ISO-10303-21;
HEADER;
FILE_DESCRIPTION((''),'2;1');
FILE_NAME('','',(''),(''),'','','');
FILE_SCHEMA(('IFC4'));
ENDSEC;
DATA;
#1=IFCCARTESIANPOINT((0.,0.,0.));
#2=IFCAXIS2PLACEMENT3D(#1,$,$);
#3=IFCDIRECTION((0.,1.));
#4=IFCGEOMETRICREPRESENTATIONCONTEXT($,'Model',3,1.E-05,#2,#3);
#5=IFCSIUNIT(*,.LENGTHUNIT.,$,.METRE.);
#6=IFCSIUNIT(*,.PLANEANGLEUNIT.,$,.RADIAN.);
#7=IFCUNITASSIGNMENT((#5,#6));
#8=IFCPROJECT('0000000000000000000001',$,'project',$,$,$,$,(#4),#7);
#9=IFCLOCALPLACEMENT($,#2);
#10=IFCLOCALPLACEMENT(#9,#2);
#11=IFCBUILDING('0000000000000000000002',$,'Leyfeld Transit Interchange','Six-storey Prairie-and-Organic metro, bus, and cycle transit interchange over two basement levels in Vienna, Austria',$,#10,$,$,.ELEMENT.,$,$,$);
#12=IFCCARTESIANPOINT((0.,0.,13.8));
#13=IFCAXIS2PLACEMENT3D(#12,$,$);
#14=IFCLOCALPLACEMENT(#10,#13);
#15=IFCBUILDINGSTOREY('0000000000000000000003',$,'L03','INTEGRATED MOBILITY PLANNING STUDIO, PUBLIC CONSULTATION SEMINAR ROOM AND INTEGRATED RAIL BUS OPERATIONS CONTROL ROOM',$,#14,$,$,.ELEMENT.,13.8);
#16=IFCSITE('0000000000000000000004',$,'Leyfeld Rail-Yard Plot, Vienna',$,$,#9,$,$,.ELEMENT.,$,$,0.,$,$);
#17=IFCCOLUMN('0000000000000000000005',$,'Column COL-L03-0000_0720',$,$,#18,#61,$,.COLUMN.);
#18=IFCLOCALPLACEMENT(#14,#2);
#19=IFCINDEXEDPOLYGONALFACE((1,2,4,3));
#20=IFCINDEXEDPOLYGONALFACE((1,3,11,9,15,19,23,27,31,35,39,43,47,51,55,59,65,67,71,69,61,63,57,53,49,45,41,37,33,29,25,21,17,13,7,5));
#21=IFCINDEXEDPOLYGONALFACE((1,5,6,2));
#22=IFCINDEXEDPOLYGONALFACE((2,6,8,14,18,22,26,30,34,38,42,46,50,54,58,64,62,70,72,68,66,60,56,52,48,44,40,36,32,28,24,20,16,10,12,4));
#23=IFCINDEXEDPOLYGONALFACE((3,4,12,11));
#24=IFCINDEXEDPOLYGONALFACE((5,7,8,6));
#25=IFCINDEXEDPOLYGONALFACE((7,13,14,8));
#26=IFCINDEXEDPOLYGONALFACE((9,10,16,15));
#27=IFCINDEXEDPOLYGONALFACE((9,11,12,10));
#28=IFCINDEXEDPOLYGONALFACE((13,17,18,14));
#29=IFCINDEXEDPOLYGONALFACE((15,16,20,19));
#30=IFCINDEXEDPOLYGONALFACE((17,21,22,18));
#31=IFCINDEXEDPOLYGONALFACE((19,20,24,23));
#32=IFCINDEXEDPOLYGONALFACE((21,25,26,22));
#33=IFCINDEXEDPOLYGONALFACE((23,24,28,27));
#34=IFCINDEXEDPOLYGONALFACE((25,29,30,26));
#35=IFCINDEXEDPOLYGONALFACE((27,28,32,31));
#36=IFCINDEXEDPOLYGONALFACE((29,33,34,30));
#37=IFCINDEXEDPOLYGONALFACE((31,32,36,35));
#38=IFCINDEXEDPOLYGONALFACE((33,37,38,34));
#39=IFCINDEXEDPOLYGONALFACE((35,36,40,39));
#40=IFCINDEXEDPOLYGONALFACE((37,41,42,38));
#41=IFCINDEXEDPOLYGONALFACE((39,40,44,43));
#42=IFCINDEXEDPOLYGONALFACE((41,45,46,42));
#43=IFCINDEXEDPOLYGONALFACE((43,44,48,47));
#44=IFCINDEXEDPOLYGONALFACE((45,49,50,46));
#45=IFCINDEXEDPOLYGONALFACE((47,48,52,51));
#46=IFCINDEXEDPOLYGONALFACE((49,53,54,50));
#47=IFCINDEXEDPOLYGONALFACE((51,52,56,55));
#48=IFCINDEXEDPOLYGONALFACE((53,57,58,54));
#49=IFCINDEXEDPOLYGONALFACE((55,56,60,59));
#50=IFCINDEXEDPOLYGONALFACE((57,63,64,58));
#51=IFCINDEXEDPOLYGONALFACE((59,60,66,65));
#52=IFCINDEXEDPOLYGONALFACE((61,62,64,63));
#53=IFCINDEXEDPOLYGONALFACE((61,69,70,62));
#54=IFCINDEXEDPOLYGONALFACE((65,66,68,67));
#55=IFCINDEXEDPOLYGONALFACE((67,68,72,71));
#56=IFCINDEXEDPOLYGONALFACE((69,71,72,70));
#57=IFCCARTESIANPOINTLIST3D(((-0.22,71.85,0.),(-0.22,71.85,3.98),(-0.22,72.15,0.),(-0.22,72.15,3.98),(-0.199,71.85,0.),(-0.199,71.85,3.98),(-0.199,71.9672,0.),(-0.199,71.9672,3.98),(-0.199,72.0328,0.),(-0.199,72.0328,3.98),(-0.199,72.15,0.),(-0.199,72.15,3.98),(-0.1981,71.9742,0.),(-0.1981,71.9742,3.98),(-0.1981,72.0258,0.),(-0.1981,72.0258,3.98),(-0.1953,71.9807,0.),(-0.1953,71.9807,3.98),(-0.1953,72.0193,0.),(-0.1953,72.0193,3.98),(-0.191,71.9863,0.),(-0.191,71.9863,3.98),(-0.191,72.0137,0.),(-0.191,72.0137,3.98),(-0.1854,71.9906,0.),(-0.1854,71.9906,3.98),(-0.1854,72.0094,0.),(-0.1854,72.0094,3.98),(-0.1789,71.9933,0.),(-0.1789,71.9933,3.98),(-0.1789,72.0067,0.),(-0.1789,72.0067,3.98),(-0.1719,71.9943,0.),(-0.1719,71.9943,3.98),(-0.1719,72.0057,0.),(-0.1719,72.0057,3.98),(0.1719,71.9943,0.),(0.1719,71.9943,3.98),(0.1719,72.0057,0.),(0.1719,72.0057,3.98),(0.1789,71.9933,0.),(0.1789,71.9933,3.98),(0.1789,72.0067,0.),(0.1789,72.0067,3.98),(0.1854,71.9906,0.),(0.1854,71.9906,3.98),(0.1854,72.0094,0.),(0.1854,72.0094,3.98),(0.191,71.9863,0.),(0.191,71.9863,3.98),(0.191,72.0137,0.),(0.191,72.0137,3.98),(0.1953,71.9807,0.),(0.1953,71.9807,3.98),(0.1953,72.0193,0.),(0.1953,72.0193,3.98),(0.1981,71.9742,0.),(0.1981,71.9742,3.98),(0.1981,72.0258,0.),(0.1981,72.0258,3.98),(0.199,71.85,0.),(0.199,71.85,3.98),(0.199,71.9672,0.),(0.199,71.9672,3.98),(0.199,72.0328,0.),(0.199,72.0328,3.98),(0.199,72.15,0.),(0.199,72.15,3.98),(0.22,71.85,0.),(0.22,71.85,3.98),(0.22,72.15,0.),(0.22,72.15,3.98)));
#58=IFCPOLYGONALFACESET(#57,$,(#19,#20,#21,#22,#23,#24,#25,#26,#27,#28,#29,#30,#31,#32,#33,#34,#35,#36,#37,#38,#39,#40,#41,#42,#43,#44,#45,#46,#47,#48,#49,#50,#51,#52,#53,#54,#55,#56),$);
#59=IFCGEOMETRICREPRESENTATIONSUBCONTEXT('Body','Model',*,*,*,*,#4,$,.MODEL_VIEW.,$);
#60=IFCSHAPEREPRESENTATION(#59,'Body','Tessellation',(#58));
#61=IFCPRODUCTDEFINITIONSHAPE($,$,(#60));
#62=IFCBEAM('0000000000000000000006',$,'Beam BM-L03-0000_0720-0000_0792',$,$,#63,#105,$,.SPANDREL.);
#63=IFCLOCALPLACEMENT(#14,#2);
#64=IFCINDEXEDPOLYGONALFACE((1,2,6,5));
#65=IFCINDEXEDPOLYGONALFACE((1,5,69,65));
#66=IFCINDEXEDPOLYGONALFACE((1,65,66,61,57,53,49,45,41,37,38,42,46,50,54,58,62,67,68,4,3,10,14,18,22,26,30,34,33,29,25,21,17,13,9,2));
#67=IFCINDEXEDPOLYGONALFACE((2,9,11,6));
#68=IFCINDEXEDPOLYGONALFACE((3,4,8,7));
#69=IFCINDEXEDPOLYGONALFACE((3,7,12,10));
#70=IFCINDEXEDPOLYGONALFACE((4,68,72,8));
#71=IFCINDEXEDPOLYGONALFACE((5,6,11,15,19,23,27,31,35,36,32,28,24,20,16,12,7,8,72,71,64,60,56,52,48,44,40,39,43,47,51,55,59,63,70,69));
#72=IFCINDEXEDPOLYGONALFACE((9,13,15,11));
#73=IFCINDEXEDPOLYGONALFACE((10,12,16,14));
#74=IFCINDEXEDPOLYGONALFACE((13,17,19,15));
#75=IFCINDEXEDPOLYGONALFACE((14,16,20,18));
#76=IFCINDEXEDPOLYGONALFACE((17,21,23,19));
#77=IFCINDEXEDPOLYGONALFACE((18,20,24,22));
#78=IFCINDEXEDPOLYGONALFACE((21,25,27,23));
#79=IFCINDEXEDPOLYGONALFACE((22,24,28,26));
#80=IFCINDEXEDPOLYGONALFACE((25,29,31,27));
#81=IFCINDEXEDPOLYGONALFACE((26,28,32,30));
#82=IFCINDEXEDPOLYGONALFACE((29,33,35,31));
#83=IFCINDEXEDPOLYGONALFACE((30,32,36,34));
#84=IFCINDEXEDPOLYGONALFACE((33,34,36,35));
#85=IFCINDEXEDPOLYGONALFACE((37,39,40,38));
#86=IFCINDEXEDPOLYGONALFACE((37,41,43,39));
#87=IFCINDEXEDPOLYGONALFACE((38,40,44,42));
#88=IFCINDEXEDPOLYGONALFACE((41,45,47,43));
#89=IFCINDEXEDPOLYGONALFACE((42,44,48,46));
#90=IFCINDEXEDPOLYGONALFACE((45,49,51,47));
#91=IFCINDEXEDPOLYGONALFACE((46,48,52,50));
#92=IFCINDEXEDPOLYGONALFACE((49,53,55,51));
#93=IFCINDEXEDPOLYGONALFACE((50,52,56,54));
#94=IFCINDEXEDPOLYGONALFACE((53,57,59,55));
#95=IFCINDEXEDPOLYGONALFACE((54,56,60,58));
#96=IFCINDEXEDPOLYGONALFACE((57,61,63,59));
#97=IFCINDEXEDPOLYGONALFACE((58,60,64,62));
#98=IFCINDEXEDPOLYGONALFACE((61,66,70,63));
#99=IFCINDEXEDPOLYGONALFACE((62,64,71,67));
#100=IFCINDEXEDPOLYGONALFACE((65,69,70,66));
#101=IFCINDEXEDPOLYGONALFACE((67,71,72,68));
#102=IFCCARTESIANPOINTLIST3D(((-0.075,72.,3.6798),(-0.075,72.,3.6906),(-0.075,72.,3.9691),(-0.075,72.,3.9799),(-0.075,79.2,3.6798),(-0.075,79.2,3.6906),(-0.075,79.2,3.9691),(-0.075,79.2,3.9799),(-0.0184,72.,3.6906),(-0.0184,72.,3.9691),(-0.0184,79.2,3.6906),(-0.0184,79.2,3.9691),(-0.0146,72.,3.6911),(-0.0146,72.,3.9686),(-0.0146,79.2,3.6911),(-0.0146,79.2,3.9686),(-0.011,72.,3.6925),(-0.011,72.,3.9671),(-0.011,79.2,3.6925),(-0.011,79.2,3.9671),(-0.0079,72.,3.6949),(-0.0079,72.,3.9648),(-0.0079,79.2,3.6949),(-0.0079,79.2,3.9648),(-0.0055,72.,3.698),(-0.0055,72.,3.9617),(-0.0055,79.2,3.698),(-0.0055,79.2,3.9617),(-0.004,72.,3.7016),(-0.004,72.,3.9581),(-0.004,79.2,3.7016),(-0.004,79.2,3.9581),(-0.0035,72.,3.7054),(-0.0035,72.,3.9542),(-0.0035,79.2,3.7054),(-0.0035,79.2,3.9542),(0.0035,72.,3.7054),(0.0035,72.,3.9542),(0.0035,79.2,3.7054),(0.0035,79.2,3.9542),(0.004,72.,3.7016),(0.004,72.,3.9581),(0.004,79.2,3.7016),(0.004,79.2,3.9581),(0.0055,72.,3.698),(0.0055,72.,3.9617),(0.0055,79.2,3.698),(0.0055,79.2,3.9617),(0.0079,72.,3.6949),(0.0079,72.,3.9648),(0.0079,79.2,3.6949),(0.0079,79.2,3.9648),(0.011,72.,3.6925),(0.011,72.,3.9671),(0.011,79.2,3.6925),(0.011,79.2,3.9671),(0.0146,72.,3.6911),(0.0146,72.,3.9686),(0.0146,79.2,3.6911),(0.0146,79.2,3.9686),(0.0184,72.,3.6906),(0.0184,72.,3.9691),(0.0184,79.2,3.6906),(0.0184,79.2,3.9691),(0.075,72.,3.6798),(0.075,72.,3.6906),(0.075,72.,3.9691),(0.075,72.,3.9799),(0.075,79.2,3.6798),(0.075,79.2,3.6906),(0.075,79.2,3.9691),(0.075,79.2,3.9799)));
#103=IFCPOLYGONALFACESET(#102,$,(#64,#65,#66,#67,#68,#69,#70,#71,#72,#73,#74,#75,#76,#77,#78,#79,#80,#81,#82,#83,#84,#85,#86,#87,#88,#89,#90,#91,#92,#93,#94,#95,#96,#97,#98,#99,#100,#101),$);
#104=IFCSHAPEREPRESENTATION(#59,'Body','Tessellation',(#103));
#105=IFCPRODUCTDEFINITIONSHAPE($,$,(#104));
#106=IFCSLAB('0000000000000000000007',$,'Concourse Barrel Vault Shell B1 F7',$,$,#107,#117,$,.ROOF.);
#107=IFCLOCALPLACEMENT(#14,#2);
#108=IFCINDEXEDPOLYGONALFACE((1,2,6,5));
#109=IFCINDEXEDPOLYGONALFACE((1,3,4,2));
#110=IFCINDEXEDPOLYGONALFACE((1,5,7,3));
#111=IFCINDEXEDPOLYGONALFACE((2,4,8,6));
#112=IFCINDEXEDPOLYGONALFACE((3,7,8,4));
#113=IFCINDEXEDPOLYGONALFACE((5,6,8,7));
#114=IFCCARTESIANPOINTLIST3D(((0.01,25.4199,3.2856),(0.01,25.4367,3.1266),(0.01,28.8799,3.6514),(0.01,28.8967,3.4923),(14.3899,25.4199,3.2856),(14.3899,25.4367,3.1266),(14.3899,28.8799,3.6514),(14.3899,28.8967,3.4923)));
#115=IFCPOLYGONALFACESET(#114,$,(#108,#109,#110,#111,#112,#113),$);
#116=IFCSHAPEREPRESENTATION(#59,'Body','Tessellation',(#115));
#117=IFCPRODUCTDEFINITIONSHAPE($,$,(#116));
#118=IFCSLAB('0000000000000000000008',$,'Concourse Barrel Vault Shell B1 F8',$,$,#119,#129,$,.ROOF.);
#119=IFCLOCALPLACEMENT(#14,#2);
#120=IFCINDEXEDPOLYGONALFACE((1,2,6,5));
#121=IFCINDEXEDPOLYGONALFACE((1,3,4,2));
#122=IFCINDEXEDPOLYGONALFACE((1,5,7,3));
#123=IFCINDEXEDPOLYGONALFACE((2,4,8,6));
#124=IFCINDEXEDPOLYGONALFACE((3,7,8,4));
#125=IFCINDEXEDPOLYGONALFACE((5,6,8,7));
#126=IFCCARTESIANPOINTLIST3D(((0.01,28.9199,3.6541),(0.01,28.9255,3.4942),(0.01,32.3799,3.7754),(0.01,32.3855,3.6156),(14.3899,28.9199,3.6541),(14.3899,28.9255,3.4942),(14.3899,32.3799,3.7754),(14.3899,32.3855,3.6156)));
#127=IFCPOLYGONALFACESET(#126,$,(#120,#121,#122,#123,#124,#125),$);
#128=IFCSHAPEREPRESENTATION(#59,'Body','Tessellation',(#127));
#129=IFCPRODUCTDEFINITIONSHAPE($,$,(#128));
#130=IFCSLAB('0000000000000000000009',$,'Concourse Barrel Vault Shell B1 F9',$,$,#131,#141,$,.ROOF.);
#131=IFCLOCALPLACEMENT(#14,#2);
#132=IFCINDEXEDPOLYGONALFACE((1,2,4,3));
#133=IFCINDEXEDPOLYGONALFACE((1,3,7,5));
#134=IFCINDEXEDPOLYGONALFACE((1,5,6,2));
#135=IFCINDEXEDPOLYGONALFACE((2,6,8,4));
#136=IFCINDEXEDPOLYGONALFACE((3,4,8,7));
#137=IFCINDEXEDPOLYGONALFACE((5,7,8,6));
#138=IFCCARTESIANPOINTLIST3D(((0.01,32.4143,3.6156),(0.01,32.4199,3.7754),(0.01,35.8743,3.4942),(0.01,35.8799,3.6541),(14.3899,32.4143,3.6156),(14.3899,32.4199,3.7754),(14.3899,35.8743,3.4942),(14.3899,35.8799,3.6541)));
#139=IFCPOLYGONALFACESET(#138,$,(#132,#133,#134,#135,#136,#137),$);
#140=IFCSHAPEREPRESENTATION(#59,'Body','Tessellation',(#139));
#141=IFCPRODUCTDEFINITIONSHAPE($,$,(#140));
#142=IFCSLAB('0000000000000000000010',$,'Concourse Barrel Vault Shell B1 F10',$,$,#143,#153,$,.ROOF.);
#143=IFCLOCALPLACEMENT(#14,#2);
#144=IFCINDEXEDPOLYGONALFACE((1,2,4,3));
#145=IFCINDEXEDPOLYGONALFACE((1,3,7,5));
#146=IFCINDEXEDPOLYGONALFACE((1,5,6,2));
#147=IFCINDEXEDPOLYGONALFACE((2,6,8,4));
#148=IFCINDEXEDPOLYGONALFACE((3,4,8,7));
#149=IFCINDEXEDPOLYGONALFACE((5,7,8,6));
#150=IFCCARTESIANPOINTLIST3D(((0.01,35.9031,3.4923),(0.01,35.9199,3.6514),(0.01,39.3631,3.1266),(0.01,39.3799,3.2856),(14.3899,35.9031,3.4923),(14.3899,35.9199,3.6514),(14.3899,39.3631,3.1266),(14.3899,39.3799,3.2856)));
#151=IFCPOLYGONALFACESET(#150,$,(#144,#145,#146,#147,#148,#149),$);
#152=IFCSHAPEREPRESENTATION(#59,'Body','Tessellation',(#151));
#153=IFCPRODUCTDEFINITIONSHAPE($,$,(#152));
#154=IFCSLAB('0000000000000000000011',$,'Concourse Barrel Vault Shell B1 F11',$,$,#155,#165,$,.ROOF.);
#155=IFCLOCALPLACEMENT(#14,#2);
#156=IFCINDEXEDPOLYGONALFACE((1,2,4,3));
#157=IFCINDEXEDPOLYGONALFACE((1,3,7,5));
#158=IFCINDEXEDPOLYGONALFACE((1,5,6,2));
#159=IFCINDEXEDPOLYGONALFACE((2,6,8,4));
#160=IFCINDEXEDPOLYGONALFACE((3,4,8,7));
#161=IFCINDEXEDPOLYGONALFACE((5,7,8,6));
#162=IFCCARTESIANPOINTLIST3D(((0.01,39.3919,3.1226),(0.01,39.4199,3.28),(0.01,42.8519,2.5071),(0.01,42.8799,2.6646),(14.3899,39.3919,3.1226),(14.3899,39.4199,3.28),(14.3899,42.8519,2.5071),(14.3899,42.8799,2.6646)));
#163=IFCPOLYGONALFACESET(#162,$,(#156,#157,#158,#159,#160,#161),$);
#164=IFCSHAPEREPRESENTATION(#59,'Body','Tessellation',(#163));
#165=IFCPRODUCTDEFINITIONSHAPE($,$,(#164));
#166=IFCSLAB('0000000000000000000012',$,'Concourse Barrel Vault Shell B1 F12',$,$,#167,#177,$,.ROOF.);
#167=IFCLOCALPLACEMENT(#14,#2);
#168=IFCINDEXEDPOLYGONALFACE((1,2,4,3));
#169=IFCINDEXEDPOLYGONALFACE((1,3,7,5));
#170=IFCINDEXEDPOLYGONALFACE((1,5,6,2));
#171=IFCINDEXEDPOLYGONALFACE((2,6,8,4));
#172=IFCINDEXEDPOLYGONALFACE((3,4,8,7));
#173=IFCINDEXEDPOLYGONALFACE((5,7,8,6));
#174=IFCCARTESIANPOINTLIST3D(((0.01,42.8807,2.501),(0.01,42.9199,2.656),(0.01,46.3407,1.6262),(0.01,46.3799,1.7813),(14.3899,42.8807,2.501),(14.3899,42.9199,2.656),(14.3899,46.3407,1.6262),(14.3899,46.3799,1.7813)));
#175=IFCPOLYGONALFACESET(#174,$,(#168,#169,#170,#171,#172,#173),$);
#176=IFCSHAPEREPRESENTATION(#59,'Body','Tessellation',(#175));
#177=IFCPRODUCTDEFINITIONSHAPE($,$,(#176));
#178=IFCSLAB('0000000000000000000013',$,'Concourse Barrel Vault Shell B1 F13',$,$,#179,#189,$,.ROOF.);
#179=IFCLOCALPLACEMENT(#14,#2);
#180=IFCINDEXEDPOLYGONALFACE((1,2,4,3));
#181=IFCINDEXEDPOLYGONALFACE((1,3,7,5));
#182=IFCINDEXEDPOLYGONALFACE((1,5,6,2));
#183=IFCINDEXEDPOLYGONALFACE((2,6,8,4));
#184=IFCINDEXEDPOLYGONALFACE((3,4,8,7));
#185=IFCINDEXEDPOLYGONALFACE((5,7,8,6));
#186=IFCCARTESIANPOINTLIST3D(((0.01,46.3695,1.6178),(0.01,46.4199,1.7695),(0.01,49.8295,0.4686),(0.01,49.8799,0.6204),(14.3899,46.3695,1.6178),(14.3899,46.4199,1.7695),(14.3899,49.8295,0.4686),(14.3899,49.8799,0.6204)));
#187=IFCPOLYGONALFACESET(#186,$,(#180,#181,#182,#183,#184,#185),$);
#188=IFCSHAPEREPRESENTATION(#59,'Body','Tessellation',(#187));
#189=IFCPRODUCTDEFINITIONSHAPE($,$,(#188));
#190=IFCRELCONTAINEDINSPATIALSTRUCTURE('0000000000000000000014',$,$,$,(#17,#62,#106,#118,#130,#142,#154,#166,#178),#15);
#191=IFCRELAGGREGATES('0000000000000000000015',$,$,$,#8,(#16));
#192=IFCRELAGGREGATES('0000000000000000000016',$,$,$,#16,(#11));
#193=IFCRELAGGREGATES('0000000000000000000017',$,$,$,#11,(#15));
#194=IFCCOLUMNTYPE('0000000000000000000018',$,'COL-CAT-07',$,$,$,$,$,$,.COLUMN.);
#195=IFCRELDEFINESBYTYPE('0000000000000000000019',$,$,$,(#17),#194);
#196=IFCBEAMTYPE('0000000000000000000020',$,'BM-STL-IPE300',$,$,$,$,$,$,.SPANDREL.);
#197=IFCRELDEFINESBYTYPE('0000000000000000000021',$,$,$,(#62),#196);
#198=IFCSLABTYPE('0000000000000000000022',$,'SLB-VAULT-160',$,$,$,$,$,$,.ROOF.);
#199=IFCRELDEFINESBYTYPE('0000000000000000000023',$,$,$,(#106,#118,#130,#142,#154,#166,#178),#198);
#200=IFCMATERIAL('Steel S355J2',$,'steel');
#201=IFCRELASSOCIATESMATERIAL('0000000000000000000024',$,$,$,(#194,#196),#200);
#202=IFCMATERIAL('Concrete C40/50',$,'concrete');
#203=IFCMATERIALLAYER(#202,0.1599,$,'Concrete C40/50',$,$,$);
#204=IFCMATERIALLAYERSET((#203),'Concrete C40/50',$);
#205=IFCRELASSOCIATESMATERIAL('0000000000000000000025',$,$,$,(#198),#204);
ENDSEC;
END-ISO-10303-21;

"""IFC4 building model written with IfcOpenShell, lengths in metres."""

from ifc_helpers import new_model, si_unit, direction, frame, origin, origin_2d, place, context, subcontext, project, spatial, polyline, i_section, outline, extrude, material, layer, layer_set, material_profile, profile_set, type_object, element, save


model = new_model("IFC4")

# Units and contexts
model_context = context("Model", 3, precision=1e-05, world=origin(), true_north=direction((0.0, 1.0)))
body_context = subcontext(model_context, "Body", "Model", "MODEL_VIEW")
ifc_project = project(units=[si_unit("LENGTHUNIT", "METRE"), si_unit("PLANEANGLEUNIT", "RADIAN")], contexts=[model_context])

# Site, building, storey
site_placement = place(None, origin())
site = spatial("IfcSite", under=ifc_project, at=site_placement, Name="Leyfeld Rail-Yard Plot, Vienna", CompositionType="ELEMENT", RefElevation=0.0)
building_placement = place(site_placement, origin())
building = spatial("IfcBuilding", under=site, at=building_placement, Name="Leyfeld Transit Interchange", Description="Six-storey Prairie-and-Organic metro, bus, and cycle transit interchange over two basement levels in Vienna, Austria", CompositionType="ELEMENT")
storey_placement = place(building_placement, frame((0.0, 0.0, 13.8)))
storey = spatial("IfcBuildingStorey", under=building, at=storey_placement, Name="L03", Description="INTEGRATED MOBILITY PLANNING STUDIO, PUBLIC CONSULTATION SEMINAR ROOM AND INTEGRATED RAIL BUS OPERATIONS CONTROL ROOM", CompositionType="ELEMENT", Elevation=13.8)

# Column
ifc_material_1 = material(Name="Steel S355J2", Category="steel")
ifc_material_profile_1 = material_profile(ifc_material_1, i_section(OverallWidth=0.3, OverallDepth=0.4399, WebThickness=0.0115, FlangeThickness=0.021, FilletRadius=0.0271, at=origin_2d()), Name="HEA 450")
ifc_profile_set_1 = profile_set([ifc_material_profile_1], Name="Steel S355J2")
column_type = type_object("IfcColumnType", Name="COL-CAT-07", PredefinedType="COLUMN", material=ifc_profile_set_1)
column_placement = place(storey_placement, frame((0.0, 72.0, 0.0), z_axis=(0.0, 0.0, 1.0), x_axis=(0.0, 1.0, 0.0)))
element("IfcColumn", 1, at=column_placement, inside=storey, type_object=column_type, Name="Column COL-L03-0000_0720", PredefinedType="COLUMN", context=body_context, shape_type="SweptSolid", body=[
    extrude(i_section(OverallWidth=0.3, OverallDepth=0.4399, WebThickness=0.0115, FlangeThickness=0.021, FilletRadius=0.0271, at=origin_2d()), origin(), (0.0, 0.0, 1.0), 3.98),
])

# Beam
ifc_material_profile_2 = material_profile(ifc_material_1, i_section(OverallWidth=0.1499, OverallDepth=0.3, WebThickness=0.0071, FlangeThickness=0.0107, FilletRadius=0.0149, at=origin_2d()), Name="IPE 300")
ifc_profile_set_2 = profile_set([ifc_material_profile_2], Name="Steel S355J2")
beam_type = type_object("IfcBeamType", Name="BM-STL-IPE300", PredefinedType="SPANDREL", material=ifc_profile_set_2)
beam_placement = place(storey_placement, frame((0.0, 72.0, 3.8298), z_axis=(0.0, 1.0, 0.0), x_axis=(-1.0, 0.0, 0.0)))
element("IfcBeam", 2, at=beam_placement, inside=storey, type_object=beam_type, Name="Beam BM-L03-0000_0720-0000_0792", PredefinedType="SPANDREL", context=body_context, shape_type="SweptSolid", body=[
    extrude(i_section(OverallWidth=0.1499, OverallDepth=0.3, WebThickness=0.0071, FlangeThickness=0.0107, FilletRadius=0.0149, at=origin_2d()), origin(), (0.0, 0.0, 1.0), 7.2),
])

# Slabs
ifc_material_2 = material(Name="Concrete C40/50", Category="concrete")
ifc_layer = layer(ifc_material_2, 0.1599, Name="Concrete C40/50")
ifc_layer_set = layer_set([ifc_layer], Name="Concrete C40/50")
slab_type = type_object("IfcSlabType", Name="SLB-VAULT-160", PredefinedType="ROOF", material=ifc_layer_set)
slab_1_placement = place(storey_placement, frame((0.01, 25.4199, 3.2856), z_axis=(0.0, -0.105116, 0.99446), x_axis=(1.0, 0.0, 0.0)))
element("IfcSlab", 3, at=slab_1_placement, inside=storey, type_object=slab_type, Name="Concourse Barrel Vault Shell B1 F7", PredefinedType="ROOF", context=body_context, shape_type="SweptSolid", body=[
    extrude(outline(polyline([(0.0, 0.0), (14.3799, 0.0), (14.3799, 3.4792), (0.0, 3.4792), (0.0, 0.0)])), origin(), (0.0, 0.0, -1.0), 0.1599),
])
for number, where, z_axis, x_axis, name in (
    (4, (0.01, 28.9199, 3.6541), (0.0, -0.035048, 0.999386), (1.0, 0.0, 0.0), "Concourse Barrel Vault Shell B1 F8"),
    (5, (0.01, 32.4199, 3.7754), (0.0, 0.035048, 0.999386), (1.0, 0.0, 0.0), "Concourse Barrel Vault Shell B1 F9"),
):
    element("IfcSlab", number, at=place(storey_placement, frame(where, z_axis=z_axis, x_axis=x_axis)), inside=storey, type_object=slab_type, Name=name, PredefinedType="ROOF", context=body_context, shape_type="SweptSolid", body=[
        extrude(outline(polyline([(0.0, 0.0), (14.3799, 0.0), (14.3799, 3.4621), (0.0, 3.4621), (0.0, 0.0)])), origin(), (0.0, 0.0, -1.0), 0.1599),
    ])
slab_2_placement = place(storey_placement, frame((0.01, 35.9199, 3.6514), z_axis=(0.0, 0.105116, 0.99446), x_axis=(1.0, 0.0, 0.0)))
element("IfcSlab", 6, at=slab_2_placement, inside=storey, type_object=slab_type, Name="Concourse Barrel Vault Shell B1 F10", PredefinedType="ROOF", context=body_context, shape_type="SweptSolid", body=[
    extrude(outline(polyline([(0.0, 0.0), (14.3799, 0.0), (14.3799, 3.4792), (0.0, 3.4792), (0.0, 0.0)])), origin(), (0.0, 0.0, -1.0), 0.1599),
])
slab_3_placement = place(storey_placement, frame((0.01, 39.4199, 3.28), z_axis=(0.0, 0.175137, 0.984544), x_axis=(1.0, 0.0, 0.0)))
element("IfcSlab", 7, at=slab_3_placement, inside=storey, type_object=slab_type, Name="Concourse Barrel Vault Shell B1 F11", PredefinedType="ROOF", context=body_context, shape_type="SweptSolid", body=[
    extrude(outline(polyline([(0.0, 0.0), (14.3799, 0.0), (14.3799, 3.5143), (0.0, 3.5143), (0.0, 0.0)])), origin(), (0.0, 0.0, -1.0), 0.1599),
])
slab_4_placement = place(storey_placement, frame((0.01, 42.9199, 2.656), z_axis=(0.0, 0.24511, 0.969495), x_axis=(1.0, 0.0, 0.0)))
element("IfcSlab", 8, at=slab_4_placement, inside=storey, type_object=slab_type, Name="Concourse Barrel Vault Shell B1 F12", PredefinedType="ROOF", context=body_context, shape_type="SweptSolid", body=[
    extrude(outline(polyline([(0.0, 0.0), (14.3799, 0.0), (14.3799, 3.5688), (0.0, 3.5688), (0.0, 0.0)])), origin(), (0.0, 0.0, -1.0), 0.1599),
])
slab_5_placement = place(storey_placement, frame((0.01, 46.4199, 1.7695), z_axis=(0.0, 0.315203, 0.949024), x_axis=(1.0, 0.0, 0.0)))
element("IfcSlab", 9, at=slab_5_placement, inside=storey, type_object=slab_type, Name="Concourse Barrel Vault Shell B1 F13", PredefinedType="ROOF", context=body_context, shape_type="SweptSolid", body=[
    extrude(outline(polyline([(0.0, 0.0), (14.3799, 0.0), (14.3799, 3.6458), (0.0, 3.6458), (0.0, 0.0)])), origin(), (0.0, 0.0, -1.0), 0.1599),
])

save(model, "model.ifc")
